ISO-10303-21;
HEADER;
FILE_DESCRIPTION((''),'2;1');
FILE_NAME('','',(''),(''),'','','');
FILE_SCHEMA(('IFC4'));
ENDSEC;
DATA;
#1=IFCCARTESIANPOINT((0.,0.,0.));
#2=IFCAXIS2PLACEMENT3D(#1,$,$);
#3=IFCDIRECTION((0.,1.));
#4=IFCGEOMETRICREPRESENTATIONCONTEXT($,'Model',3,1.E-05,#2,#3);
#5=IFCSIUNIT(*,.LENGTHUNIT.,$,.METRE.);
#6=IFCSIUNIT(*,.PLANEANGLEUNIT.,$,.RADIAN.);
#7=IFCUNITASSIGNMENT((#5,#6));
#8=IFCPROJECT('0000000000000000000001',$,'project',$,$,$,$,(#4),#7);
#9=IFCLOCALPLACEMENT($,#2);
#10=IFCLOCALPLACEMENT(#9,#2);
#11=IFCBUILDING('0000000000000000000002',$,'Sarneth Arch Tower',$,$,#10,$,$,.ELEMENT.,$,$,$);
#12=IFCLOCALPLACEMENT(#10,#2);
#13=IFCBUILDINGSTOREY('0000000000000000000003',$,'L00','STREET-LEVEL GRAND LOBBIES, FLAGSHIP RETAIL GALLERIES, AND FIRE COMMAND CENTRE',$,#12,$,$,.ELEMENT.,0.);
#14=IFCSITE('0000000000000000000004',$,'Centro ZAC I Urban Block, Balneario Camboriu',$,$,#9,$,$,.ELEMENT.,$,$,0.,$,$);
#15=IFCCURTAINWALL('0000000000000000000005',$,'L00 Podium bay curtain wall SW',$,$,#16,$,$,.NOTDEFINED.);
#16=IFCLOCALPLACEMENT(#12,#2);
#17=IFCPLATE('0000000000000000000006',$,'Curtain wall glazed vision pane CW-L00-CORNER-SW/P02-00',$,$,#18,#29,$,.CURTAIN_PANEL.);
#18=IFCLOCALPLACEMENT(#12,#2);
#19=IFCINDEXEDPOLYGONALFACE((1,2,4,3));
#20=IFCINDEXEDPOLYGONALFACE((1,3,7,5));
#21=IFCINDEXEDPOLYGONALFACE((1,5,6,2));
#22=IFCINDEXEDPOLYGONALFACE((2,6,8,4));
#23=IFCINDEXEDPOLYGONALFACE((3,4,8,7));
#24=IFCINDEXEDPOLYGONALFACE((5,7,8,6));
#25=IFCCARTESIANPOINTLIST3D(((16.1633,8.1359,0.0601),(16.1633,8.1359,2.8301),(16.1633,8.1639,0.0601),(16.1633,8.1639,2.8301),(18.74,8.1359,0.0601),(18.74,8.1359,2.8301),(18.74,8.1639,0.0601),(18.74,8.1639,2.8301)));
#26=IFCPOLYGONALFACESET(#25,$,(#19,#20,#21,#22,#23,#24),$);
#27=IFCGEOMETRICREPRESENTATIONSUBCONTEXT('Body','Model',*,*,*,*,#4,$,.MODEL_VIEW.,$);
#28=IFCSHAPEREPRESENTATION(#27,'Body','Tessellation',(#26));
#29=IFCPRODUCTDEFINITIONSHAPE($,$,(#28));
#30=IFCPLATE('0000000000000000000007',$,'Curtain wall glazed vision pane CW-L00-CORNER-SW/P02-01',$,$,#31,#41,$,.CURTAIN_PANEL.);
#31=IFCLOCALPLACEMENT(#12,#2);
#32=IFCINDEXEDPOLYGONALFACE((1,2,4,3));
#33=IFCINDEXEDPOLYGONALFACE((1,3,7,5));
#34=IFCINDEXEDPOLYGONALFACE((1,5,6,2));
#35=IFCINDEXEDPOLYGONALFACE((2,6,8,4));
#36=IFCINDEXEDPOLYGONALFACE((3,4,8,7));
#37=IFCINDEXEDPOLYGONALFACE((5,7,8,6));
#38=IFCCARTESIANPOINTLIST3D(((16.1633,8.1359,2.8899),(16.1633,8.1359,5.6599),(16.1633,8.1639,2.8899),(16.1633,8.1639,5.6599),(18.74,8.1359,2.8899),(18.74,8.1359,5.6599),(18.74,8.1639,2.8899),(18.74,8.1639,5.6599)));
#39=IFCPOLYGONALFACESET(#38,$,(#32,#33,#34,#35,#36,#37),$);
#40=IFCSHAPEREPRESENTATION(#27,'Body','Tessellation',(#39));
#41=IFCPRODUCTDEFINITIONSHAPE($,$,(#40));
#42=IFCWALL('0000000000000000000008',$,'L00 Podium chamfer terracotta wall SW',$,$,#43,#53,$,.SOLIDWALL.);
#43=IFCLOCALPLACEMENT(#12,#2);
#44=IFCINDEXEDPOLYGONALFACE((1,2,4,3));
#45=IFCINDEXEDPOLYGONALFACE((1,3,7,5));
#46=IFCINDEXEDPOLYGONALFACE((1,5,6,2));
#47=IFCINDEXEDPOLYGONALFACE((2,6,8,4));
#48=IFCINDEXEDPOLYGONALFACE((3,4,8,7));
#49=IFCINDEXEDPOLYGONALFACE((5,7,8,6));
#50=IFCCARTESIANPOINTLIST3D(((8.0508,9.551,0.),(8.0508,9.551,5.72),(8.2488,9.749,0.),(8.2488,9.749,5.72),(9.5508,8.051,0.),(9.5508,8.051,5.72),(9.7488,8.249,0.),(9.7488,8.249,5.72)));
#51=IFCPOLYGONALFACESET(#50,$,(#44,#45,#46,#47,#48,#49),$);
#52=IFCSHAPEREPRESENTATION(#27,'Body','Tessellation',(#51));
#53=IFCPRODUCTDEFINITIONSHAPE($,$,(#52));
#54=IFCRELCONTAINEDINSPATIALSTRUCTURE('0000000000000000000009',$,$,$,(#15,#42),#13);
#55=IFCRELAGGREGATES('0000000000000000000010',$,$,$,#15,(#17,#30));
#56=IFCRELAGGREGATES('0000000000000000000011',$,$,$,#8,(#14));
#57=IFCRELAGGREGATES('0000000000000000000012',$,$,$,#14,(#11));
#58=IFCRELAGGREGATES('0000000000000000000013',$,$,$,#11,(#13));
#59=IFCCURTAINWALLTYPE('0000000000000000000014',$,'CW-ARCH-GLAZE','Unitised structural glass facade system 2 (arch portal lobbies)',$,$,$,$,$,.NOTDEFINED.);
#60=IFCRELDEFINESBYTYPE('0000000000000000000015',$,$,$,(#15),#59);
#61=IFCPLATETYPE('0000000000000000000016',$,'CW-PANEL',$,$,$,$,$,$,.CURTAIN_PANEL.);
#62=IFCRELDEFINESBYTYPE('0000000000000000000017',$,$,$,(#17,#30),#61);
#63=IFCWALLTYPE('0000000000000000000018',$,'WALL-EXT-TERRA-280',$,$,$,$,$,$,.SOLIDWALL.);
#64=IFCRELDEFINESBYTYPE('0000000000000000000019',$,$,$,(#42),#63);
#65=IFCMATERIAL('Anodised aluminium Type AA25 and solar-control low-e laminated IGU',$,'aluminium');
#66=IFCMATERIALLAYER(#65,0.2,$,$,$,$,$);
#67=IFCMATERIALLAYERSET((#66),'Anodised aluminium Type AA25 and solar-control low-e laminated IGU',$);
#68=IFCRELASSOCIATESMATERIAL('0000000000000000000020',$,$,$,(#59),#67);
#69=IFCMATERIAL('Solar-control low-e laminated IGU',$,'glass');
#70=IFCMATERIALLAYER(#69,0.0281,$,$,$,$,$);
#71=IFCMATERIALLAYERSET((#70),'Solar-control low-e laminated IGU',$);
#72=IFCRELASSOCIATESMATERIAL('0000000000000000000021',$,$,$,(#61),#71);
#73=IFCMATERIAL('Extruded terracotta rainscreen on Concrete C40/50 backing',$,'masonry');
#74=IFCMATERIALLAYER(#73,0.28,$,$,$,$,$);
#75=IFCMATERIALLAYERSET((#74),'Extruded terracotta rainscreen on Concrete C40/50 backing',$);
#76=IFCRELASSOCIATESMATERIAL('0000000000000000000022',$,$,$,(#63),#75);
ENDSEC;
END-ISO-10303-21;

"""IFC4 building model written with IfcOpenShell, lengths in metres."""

from ifc_helpers import new_model, si_unit, direction, frame, frame_2d, origin, origin_2d, place, context, subcontext, project, spatial, rectangle, extrude, material, layer, layer_set, type_object, element, aggregate, save


model = new_model("IFC4")

# Units and contexts
model_context = context("Model", 3, precision=1e-05, world=origin(), true_north=direction((0.0, 1.0)))
body_context = subcontext(model_context, "Body", "Model", "MODEL_VIEW")
ifc_project = project(units=[si_unit("LENGTHUNIT", "METRE"), si_unit("PLANEANGLEUNIT", "RADIAN")], contexts=[model_context])

# Site, building, storey
site_placement = place(None, origin())
site = spatial("IfcSite", under=ifc_project, at=site_placement, Name="Centro ZAC I Urban Block, Balneario Camboriu", CompositionType="ELEMENT", RefElevation=0.0)
building_placement = place(site_placement, origin())
building = spatial("IfcBuilding", under=site, at=building_placement, Name="Sarneth Arch Tower", CompositionType="ELEMENT")
storey_placement = place(building_placement, origin())
storey = spatial("IfcBuildingStorey", under=building, at=storey_placement, Name="L00", Description="STREET-LEVEL GRAND LOBBIES, FLAGSHIP RETAIL GALLERIES, AND FIRE COMMAND CENTRE", CompositionType="ELEMENT", Elevation=0.0)

# Curtain wall, plates
ifc_material_1 = material(Name="Anodised aluminium Type AA25 and solar-control low-e laminated IGU", Category="aluminium")
ifc_layer_1 = layer(ifc_material_1, 0.2)
ifc_layer_set_1 = layer_set([ifc_layer_1], Name="Anodised aluminium Type AA25 and solar-control low-e laminated IGU")
curtain_wall_type = type_object("IfcCurtainWallType", Name="CW-ARCH-GLAZE", Description="Unitised structural glass facade system 2 (arch portal lobbies)", PredefinedType="NOTDEFINED", material=ifc_layer_set_1)
curtain_wall_placement = place(storey_placement, origin())
curtain_wall = element("IfcCurtainWall", 1, at=curtain_wall_placement, inside=storey, type_object=curtain_wall_type, Name="L00 Podium bay curtain wall SW", PredefinedType="NOTDEFINED")
ifc_material_2 = material(Name="Solar-control low-e laminated IGU", Category="glass")
ifc_layer_2 = layer(ifc_material_2, 0.0281)
ifc_layer_set_2 = layer_set([ifc_layer_2], Name="Solar-control low-e laminated IGU")
plate_type = type_object("IfcPlateType", Name="CW-PANEL", PredefinedType="CURTAIN_PANEL", material=ifc_layer_set_2)
plate_1_placement = place(storey_placement, frame((17.4517, 8.1499, 0.0601), z_axis=(0.0, 0.0, 1.0), x_axis=(1.0, 0.0, 0.0)))
plate_1 = element("IfcPlate", 2, at=plate_1_placement, type_object=plate_type, Name="Curtain wall glazed vision pane CW-L00-CORNER-SW/P02-00", PredefinedType="CURTAIN_PANEL", context=body_context, shape_type="SweptSolid", body=[
    extrude(rectangle(XDim=2.5767, YDim=0.0281, at=origin_2d()), origin(), (0.0, 0.0, 1.0), 2.77),
])
plate_2_placement = place(storey_placement, frame((17.4517, 8.1499, 2.8899), z_axis=(0.0, 0.0, 1.0), x_axis=(1.0, 0.0, 0.0)))
plate_2 = element("IfcPlate", 3, at=plate_2_placement, type_object=plate_type, Name="Curtain wall glazed vision pane CW-L00-CORNER-SW/P02-01", PredefinedType="CURTAIN_PANEL", context=body_context, shape_type="SweptSolid", body=[
    extrude(rectangle(XDim=2.5767, YDim=0.0281, at=origin_2d()), origin(), (0.0, 0.0, 1.0), 2.77),
])
aggregate(curtain_wall, [plate_1, plate_2])

# Wall
ifc_material_3 = material(Name="Extruded terracotta rainscreen on Concrete C40/50 backing", Category="masonry")
ifc_layer_3 = layer(ifc_material_3, 0.28)
ifc_layer_set_3 = layer_set([ifc_layer_3], Name="Extruded terracotta rainscreen on Concrete C40/50 backing")
wall_type = type_object("IfcWallType", Name="WALL-EXT-TERRA-280", PredefinedType="SOLIDWALL", material=ifc_layer_set_3)
wall_placement = place(storey_placement, frame((8.1499, 9.6499, 0.0), z_axis=(0.0, 0.0, 1.0), x_axis=(0.707107, -0.707107, 0.0)))
element("IfcWall", 4, at=wall_placement, inside=storey, type_object=wall_type, Name="L00 Podium chamfer terracotta wall SW", PredefinedType="SOLIDWALL", context=body_context, shape_type="SweptSolid", body=[
    extrude(rectangle(XDim=2.1213, YDim=0.28, at=frame_2d((1.0605, 0.0))), origin(), (0.0, 0.0, 1.0), 5.72),
])

save(model, "model.ifc")
